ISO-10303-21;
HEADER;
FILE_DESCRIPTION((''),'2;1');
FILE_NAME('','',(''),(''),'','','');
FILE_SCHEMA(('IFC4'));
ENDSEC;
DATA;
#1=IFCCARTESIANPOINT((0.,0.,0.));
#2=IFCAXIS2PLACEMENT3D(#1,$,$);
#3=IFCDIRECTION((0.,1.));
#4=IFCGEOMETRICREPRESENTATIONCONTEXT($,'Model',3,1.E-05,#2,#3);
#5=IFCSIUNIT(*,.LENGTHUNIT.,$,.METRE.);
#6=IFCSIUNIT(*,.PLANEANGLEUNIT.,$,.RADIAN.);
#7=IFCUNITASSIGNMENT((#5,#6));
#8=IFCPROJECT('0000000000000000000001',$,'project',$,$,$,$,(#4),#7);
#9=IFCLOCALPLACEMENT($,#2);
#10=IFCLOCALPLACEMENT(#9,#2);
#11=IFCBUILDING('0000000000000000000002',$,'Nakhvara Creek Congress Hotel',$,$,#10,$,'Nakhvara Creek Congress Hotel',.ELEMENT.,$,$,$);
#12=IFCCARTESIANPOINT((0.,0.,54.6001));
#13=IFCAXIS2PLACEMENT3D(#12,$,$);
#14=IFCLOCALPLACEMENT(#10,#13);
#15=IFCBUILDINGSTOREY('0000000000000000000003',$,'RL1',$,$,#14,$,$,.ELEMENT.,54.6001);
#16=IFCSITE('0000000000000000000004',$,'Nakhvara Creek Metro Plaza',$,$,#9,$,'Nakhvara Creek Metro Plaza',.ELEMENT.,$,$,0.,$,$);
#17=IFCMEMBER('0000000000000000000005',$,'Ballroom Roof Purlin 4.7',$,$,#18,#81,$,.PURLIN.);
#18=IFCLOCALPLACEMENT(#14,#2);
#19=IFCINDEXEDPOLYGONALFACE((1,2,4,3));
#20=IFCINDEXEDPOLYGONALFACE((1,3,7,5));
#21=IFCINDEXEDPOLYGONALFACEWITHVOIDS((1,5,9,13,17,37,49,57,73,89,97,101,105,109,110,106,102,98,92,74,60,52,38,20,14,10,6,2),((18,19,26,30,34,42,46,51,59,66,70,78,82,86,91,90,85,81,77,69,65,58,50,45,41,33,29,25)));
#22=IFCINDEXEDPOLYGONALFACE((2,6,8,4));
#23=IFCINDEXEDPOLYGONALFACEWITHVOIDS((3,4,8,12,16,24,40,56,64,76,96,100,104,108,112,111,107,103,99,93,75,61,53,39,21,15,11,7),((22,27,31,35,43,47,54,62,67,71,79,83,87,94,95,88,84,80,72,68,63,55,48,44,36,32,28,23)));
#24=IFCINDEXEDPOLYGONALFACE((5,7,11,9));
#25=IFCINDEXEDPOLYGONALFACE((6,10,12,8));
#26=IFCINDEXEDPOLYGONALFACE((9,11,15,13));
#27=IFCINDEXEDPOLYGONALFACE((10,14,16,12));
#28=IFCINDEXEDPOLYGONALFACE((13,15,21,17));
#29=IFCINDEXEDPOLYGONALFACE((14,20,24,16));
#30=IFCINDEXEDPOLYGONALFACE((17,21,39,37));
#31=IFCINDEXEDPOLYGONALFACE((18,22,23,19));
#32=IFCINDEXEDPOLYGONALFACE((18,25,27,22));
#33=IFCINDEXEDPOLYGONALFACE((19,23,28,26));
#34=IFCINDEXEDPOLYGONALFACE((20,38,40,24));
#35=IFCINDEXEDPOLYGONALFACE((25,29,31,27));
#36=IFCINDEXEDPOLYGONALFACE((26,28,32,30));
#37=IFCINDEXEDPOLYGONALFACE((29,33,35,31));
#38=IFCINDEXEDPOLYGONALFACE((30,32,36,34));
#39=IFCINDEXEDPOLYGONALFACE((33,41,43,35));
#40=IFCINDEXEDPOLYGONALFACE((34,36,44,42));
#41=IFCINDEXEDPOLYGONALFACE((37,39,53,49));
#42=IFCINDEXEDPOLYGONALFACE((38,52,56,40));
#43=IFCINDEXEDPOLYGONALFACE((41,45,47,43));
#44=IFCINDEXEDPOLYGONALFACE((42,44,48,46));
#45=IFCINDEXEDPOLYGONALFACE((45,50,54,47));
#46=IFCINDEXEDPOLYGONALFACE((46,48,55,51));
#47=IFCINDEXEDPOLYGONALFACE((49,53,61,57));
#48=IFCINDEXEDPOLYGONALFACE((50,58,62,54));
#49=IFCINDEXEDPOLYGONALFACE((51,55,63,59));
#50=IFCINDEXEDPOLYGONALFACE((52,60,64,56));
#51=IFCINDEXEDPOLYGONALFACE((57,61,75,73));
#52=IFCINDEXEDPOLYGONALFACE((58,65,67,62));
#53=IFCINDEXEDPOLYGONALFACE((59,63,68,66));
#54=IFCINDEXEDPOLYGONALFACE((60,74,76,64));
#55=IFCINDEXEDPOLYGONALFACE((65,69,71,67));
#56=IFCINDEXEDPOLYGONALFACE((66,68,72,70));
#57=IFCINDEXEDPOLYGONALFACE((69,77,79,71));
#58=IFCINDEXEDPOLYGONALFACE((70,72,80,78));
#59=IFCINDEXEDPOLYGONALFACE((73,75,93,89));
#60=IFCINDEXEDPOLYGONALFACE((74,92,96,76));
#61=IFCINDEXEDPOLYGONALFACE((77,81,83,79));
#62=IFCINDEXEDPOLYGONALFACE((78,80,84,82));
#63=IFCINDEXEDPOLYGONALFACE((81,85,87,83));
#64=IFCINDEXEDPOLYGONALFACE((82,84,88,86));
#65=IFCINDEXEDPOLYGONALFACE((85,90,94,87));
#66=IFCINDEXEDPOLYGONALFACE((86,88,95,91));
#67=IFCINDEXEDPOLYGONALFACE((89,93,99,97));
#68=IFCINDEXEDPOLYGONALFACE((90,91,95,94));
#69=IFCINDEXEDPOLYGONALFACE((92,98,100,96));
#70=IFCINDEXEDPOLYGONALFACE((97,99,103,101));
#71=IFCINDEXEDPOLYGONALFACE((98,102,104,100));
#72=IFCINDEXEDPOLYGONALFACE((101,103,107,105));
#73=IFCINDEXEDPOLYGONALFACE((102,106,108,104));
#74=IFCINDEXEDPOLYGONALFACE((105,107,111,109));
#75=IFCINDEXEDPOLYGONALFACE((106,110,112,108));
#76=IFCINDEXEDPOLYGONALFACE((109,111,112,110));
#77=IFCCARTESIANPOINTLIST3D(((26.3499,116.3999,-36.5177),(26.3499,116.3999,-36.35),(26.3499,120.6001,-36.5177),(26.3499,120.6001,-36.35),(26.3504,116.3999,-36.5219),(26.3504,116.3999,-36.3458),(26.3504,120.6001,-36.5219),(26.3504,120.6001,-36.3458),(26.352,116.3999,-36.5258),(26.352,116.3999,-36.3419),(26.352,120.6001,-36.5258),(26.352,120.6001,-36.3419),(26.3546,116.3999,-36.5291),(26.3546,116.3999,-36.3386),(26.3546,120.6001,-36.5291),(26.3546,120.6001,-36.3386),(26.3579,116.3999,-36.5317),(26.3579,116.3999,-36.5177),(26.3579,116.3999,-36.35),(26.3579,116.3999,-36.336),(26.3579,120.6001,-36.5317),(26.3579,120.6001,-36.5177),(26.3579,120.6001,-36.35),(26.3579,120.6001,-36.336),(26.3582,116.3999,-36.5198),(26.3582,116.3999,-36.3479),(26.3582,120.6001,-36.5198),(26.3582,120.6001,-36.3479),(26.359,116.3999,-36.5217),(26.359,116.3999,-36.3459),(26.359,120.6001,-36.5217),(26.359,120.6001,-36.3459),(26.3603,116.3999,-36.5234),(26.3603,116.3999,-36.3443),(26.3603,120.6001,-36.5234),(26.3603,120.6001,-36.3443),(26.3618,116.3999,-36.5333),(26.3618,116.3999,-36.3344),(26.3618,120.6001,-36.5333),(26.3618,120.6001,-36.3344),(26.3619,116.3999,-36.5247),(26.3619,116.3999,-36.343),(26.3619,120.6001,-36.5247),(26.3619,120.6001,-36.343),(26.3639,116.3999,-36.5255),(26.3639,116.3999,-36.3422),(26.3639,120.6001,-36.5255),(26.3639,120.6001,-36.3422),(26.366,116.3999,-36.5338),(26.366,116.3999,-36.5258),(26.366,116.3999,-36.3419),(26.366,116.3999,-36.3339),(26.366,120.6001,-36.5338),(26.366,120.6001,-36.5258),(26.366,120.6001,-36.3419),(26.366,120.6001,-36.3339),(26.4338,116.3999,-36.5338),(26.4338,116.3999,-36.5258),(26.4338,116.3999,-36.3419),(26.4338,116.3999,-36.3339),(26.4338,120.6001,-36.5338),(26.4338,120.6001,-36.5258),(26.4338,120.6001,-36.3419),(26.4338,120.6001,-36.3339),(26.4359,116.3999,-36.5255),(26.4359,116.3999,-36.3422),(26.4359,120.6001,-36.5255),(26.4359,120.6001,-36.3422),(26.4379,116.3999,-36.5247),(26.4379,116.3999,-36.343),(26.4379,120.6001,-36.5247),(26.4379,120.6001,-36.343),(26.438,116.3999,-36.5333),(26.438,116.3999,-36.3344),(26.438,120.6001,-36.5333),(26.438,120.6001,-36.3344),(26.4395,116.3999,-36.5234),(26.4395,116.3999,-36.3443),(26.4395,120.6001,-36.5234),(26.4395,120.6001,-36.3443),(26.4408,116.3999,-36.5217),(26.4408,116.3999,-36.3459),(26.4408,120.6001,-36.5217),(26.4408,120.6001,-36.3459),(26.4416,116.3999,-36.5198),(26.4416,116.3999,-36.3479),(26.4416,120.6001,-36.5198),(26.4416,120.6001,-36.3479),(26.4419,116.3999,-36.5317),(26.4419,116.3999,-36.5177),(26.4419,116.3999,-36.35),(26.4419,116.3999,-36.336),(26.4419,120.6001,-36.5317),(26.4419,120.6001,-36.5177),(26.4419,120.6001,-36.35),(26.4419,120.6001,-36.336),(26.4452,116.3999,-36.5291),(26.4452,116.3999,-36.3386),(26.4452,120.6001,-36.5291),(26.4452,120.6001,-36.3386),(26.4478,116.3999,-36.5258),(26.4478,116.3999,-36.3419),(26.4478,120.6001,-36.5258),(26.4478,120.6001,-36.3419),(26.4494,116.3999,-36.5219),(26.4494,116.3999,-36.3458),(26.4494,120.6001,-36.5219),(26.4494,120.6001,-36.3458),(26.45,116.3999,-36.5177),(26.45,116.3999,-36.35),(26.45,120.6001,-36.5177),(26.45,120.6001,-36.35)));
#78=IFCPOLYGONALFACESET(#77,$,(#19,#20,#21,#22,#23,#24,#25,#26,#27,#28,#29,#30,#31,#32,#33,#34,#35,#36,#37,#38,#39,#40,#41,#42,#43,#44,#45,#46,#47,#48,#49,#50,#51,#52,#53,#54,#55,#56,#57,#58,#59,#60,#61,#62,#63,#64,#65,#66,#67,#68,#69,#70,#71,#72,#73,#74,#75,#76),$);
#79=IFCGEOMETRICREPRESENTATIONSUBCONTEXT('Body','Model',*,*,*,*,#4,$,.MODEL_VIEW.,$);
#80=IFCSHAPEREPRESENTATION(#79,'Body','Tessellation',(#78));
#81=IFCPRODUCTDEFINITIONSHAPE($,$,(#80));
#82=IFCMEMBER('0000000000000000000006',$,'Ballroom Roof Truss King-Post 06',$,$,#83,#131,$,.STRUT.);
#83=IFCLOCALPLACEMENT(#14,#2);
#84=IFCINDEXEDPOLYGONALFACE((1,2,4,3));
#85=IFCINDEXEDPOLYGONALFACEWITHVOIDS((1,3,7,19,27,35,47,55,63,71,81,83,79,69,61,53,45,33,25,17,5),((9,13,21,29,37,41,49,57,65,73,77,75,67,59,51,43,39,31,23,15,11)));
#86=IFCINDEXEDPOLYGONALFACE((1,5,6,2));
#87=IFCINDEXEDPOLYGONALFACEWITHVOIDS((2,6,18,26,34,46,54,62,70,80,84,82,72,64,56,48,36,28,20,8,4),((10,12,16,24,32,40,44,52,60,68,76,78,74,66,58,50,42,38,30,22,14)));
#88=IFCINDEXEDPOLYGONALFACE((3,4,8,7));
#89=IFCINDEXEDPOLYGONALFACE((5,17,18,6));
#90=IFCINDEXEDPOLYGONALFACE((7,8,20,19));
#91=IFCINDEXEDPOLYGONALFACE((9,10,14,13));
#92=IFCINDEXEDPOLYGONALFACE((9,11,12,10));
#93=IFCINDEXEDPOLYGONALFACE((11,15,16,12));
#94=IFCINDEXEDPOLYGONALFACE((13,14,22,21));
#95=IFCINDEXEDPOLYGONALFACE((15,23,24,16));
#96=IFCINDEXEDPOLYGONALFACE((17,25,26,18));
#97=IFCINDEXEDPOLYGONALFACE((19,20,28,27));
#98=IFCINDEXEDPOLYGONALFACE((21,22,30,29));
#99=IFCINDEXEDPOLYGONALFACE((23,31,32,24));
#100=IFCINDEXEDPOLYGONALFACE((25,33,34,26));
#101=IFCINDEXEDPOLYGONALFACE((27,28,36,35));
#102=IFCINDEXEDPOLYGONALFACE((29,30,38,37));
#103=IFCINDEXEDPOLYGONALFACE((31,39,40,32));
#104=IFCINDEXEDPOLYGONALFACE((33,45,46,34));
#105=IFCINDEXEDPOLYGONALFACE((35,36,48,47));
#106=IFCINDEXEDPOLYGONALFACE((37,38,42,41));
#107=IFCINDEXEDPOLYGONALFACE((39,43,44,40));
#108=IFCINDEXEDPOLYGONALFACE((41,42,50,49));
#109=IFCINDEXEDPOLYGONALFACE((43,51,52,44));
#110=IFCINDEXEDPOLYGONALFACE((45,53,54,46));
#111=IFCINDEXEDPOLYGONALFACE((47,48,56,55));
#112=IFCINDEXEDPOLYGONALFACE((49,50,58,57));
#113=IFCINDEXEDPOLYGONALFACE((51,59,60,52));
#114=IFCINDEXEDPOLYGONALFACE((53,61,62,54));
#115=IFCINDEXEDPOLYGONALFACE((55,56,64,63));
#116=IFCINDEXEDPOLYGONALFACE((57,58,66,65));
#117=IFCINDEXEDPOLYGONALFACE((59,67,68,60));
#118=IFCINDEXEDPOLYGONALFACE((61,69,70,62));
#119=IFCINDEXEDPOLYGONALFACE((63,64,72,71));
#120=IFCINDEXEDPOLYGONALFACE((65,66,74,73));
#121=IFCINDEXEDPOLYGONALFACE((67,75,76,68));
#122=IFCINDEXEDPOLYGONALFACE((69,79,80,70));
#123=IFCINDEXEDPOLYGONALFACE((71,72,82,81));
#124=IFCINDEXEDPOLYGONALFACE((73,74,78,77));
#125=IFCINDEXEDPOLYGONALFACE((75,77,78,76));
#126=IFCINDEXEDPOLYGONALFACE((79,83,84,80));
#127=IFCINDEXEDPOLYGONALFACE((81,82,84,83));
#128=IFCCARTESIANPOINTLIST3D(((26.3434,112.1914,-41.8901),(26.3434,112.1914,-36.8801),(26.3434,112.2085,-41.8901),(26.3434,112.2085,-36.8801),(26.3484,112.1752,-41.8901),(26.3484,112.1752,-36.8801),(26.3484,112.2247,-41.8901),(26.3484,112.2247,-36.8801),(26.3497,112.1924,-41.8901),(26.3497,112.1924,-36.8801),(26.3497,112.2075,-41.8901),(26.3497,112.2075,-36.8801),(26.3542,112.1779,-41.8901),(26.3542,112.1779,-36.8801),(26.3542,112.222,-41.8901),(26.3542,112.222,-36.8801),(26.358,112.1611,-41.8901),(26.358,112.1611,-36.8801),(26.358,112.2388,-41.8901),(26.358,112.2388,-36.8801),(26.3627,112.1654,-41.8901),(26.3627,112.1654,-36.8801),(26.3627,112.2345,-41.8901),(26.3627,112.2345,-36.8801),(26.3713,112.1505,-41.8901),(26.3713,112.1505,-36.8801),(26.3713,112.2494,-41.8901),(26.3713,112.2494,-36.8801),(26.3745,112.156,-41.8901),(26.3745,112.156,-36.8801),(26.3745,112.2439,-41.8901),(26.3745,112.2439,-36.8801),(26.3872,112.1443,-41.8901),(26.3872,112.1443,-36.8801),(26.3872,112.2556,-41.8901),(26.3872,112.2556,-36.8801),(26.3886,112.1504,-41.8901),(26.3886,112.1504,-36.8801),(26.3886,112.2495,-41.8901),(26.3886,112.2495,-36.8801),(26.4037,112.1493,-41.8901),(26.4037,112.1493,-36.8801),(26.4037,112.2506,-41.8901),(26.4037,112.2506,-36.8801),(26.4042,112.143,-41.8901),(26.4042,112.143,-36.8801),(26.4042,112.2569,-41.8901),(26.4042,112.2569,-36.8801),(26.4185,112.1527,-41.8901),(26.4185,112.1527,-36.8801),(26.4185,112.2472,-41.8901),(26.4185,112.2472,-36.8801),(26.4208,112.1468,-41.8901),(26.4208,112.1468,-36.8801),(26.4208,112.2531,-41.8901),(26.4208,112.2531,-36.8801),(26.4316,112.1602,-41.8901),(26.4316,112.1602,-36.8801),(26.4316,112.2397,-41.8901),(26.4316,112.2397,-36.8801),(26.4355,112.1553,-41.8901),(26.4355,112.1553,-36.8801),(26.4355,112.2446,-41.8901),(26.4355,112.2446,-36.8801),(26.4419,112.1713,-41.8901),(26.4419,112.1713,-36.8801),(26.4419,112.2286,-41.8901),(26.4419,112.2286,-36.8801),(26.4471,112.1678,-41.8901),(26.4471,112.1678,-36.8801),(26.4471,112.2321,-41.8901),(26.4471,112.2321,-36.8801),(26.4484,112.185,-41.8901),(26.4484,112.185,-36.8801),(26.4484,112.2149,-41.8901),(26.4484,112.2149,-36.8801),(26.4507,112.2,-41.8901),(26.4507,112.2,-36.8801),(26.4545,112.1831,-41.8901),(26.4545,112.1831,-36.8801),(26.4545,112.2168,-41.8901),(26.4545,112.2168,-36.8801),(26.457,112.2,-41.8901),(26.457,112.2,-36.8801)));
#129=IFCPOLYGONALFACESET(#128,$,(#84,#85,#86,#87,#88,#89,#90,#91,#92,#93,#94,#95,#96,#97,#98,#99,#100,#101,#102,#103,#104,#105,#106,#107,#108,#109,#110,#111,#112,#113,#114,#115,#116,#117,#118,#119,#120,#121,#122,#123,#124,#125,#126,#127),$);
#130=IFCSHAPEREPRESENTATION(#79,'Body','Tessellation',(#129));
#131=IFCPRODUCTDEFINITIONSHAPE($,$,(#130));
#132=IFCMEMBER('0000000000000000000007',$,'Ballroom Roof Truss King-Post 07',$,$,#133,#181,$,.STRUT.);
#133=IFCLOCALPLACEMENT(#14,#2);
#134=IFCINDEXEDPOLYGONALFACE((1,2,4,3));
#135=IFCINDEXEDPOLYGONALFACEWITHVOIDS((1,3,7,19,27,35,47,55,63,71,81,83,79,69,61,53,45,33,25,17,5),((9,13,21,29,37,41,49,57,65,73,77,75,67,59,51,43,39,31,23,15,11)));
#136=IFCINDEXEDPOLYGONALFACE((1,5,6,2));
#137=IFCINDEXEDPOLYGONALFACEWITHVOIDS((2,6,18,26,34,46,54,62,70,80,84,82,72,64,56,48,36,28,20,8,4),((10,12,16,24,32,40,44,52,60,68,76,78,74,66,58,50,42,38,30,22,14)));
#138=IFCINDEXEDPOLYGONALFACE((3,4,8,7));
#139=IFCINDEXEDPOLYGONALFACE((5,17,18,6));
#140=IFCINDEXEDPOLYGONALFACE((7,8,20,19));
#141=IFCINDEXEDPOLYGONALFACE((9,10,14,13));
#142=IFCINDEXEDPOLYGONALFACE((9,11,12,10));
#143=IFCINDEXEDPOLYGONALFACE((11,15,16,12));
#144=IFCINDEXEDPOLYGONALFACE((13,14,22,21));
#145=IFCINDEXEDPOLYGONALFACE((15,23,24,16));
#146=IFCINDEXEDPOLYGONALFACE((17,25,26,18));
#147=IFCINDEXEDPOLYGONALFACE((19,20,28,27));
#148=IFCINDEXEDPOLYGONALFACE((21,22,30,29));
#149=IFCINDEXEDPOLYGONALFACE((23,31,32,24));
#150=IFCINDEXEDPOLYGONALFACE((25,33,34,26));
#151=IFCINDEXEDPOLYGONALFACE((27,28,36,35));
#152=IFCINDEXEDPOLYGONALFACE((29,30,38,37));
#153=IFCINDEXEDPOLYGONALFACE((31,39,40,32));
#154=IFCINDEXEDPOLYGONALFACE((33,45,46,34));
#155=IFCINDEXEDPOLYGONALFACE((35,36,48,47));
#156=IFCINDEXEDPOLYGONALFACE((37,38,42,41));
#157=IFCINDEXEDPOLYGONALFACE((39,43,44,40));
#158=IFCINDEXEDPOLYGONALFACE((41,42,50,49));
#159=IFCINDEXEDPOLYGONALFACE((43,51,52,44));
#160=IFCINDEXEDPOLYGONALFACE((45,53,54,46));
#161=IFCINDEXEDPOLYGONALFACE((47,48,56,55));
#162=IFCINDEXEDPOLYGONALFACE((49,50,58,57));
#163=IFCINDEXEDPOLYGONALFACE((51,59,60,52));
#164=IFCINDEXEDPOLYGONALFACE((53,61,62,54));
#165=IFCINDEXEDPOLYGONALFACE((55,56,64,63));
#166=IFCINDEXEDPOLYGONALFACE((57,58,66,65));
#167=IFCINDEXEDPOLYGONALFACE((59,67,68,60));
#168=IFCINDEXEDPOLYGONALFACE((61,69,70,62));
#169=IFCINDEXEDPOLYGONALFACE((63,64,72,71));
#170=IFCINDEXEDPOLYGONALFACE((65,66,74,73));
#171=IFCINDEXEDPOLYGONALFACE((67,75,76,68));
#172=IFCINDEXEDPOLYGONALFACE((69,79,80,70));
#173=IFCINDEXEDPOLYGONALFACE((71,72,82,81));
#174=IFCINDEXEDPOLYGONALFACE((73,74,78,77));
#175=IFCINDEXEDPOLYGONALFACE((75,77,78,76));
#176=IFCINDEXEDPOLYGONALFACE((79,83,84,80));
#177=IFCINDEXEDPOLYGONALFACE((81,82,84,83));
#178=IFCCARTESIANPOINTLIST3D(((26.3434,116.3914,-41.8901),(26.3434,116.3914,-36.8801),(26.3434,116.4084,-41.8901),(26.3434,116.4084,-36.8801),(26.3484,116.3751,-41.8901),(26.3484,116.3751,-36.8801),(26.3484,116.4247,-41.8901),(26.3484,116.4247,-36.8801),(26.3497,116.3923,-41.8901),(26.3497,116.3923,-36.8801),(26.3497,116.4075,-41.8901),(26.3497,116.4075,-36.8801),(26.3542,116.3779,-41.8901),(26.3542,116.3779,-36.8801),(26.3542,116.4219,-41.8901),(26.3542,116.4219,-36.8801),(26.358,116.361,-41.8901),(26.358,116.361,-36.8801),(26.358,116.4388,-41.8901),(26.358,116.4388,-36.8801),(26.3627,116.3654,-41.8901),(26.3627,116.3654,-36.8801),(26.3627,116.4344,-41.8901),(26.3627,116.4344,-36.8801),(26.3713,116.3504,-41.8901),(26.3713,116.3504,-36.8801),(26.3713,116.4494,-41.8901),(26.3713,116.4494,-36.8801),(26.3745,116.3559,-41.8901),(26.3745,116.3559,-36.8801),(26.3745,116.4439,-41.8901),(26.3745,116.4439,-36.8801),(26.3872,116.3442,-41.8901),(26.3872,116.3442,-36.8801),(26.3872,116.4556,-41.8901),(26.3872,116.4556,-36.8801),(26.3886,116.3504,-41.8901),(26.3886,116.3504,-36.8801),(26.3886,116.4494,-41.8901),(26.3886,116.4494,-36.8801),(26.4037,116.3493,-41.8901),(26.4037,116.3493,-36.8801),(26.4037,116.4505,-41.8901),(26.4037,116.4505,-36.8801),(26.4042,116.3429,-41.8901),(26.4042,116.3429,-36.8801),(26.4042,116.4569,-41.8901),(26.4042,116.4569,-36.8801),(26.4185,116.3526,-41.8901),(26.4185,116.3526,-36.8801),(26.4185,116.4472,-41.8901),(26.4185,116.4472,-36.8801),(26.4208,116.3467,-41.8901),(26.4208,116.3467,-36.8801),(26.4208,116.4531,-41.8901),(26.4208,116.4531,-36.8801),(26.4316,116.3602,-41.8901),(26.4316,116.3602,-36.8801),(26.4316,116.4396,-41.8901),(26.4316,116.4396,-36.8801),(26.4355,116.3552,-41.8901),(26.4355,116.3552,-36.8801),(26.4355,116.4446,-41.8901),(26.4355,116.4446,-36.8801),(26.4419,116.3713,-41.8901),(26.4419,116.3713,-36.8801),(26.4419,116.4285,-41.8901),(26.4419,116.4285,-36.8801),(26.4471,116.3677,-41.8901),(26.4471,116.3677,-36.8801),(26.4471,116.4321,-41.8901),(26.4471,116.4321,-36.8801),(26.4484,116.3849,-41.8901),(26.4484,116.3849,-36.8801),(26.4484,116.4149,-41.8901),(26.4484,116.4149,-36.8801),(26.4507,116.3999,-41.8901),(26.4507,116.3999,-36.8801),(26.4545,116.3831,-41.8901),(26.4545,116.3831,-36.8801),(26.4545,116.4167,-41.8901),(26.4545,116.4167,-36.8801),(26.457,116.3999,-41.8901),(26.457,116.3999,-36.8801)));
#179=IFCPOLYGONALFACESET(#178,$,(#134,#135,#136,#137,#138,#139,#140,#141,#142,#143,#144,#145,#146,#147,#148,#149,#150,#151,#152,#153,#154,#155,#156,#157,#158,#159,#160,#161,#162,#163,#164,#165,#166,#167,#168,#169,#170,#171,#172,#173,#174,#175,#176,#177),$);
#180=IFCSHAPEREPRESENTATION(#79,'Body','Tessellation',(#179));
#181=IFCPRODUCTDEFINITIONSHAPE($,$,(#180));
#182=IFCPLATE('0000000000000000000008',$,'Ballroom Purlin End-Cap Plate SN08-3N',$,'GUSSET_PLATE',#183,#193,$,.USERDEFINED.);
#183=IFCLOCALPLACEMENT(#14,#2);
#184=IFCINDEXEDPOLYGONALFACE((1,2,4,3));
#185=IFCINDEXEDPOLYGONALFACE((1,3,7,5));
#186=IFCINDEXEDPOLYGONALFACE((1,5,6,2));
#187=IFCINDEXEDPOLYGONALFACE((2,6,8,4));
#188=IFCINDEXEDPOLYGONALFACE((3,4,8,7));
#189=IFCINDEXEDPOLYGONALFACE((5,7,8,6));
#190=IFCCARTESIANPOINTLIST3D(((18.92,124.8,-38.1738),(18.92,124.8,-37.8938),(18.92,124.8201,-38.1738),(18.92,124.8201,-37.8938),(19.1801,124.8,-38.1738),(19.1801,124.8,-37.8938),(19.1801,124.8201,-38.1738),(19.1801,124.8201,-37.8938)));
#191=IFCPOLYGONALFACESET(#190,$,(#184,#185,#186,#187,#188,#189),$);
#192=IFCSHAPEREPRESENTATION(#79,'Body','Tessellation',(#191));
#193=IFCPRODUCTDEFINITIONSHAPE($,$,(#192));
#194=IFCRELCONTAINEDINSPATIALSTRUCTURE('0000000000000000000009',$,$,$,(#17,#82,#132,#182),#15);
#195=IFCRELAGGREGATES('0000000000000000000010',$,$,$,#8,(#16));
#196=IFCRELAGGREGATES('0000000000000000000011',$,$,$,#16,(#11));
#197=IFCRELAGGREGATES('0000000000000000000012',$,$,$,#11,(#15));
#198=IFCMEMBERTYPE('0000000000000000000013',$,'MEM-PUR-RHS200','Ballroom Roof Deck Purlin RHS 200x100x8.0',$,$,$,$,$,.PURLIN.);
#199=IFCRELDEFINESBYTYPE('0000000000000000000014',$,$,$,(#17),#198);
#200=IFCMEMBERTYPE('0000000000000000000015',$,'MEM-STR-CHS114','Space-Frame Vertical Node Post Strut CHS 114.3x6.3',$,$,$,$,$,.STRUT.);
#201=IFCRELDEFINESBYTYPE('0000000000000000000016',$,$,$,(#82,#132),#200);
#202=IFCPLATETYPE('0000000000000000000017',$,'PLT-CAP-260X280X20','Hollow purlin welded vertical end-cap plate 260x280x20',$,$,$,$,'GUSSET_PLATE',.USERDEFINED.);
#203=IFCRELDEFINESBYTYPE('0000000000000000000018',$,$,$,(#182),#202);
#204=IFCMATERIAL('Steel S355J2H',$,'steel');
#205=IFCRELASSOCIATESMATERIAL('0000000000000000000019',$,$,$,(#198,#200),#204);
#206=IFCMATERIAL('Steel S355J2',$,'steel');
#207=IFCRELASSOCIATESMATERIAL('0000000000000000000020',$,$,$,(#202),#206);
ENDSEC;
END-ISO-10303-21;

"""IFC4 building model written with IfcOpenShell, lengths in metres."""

from ifc_helpers import new_model, si_unit, direction, frame, origin, origin_2d, place, context, subcontext, project, spatial, rectangle, hollow_rectangle, hollow_circle, extrude, material, material_profile, profile_set, type_object, element, save


model = new_model("IFC4")

# Units and contexts
model_context = context("Model", 3, precision=1e-05, world=origin(), true_north=direction((0.0, 1.0)))
body_context = subcontext(model_context, "Body", "Model", "MODEL_VIEW")
ifc_project = project(units=[si_unit("LENGTHUNIT", "METRE"), si_unit("PLANEANGLEUNIT", "RADIAN")], contexts=[model_context])

# Site, building, storey
site_placement = place(None, origin())
site = spatial("IfcSite", under=ifc_project, at=site_placement, Name="Nakhvara Creek Metro Plaza", LongName="Nakhvara Creek Metro Plaza", CompositionType="ELEMENT", RefElevation=0.0)
building_placement = place(site_placement, origin())
building = spatial("IfcBuilding", under=site, at=building_placement, Name="Nakhvara Creek Congress Hotel", LongName="Nakhvara Creek Congress Hotel", CompositionType="ELEMENT")
storey_placement = place(building_placement, frame((0.0, 0.0, 54.6001)))
storey = spatial("IfcBuildingStorey", under=building, at=storey_placement, Name="RL1", CompositionType="ELEMENT", Elevation=54.6001)

# Shared definitions
ifc_material_1 = material(Name="Steel S355J2", Category="steel")

# Members
ifc_material_2 = material(Name="Steel S355J2H", Category="steel")
ifc_material_profile_1 = material_profile(ifc_material_2, hollow_rectangle(XDim=0.1001, YDim=0.2, WallThickness=0.0081, InnerFilletRadius=0.0081, OuterFilletRadius=0.0161, at=origin_2d()), Name="RHS 200x100x8.0", Category="LoadBearing")
ifc_profile_set_1 = profile_set([ifc_material_profile_1], Name="Steel S355J2H")
member_type_1 = type_object("IfcMemberType", Name="MEM-PUR-RHS200", Description="Ballroom Roof Deck Purlin RHS 200x100x8.0", PredefinedType="PURLIN", material=ifc_profile_set_1)
member_1_placement = place(storey_placement, frame((26.3999, 116.3999, -36.4338), z_axis=(0.0, 1.0, 0.0), x_axis=(-1.0, 0.0, 0.0)))
element("IfcMember", 1, at=member_1_placement, inside=storey, type_object=member_type_1, Name="Ballroom Roof Purlin 4.7", PredefinedType="PURLIN", context=body_context, shape_type="SweptSolid", body=[
    extrude(hollow_rectangle(XDim=0.1001, YDim=0.2, WallThickness=0.0081, InnerFilletRadius=0.0081, OuterFilletRadius=0.0161, at=origin_2d()), origin(), (0.0, 0.0, 1.0), 4.2002),
])
ifc_material_profile_2 = material_profile(ifc_material_2, hollow_circle(Radius=0.0571, WallThickness=0.0063, at=origin_2d()), Name="CHS 114.3x6.3", Category="LoadBearing")
ifc_profile_set_2 = profile_set([ifc_material_profile_2], Name="Steel S355J2H")
member_type_2 = type_object("IfcMemberType", Name="MEM-STR-CHS114", Description="Space-Frame Vertical Node Post Strut CHS 114.3x6.3", PredefinedType="STRUT", material=ifc_profile_set_2)
for number, where, z_axis, x_axis, name in (
    (2, (26.3999, 112.2, -41.8901), (0.0, 0.0, 1.0), (1.0, 0.0, 0.0), "Ballroom Roof Truss King-Post 06"),
    (3, (26.3999, 116.3999, -41.8901), (0.0, 0.0, 1.0), (1.0, 0.0, 0.0), "Ballroom Roof Truss King-Post 07"),
):
    element("IfcMember", number, at=place(storey_placement, frame(where, z_axis=z_axis, x_axis=x_axis)), inside=storey, type_object=member_type_2, Name=name, PredefinedType="STRUT", context=body_context, shape_type="SweptSolid", body=[
        extrude(hollow_circle(Radius=0.0571, WallThickness=0.0063, at=origin_2d()), origin(), (0.0, 0.0, 1.0), 5.01),
    ])

# Plate
plate_type_1 = type_object("IfcPlateType", Name="PLT-CAP-260X280X20", Description="Hollow purlin welded vertical end-cap plate 260x280x20", ElementType="GUSSET_PLATE", PredefinedType="USERDEFINED", material=ifc_material_1)
plate_placement = place(storey_placement, frame((19.05, 124.8101, -38.1738), z_axis=(0.0, 0.0, 1.0), x_axis=(1.0, 0.0, 0.0)))
element("IfcPlate", 4, at=plate_placement, inside=storey, type_object=plate_type_1, Name="Ballroom Purlin End-Cap Plate SN08-3N", ObjectType="GUSSET_PLATE", PredefinedType="USERDEFINED", context=body_context, shape_type="SweptSolid", body=[
    extrude(rectangle(XDim=0.26, YDim=0.02, at=origin_2d()), origin(), (0.0, 0.0, 1.0), 0.28),
])

save(model, "model.ifc")
